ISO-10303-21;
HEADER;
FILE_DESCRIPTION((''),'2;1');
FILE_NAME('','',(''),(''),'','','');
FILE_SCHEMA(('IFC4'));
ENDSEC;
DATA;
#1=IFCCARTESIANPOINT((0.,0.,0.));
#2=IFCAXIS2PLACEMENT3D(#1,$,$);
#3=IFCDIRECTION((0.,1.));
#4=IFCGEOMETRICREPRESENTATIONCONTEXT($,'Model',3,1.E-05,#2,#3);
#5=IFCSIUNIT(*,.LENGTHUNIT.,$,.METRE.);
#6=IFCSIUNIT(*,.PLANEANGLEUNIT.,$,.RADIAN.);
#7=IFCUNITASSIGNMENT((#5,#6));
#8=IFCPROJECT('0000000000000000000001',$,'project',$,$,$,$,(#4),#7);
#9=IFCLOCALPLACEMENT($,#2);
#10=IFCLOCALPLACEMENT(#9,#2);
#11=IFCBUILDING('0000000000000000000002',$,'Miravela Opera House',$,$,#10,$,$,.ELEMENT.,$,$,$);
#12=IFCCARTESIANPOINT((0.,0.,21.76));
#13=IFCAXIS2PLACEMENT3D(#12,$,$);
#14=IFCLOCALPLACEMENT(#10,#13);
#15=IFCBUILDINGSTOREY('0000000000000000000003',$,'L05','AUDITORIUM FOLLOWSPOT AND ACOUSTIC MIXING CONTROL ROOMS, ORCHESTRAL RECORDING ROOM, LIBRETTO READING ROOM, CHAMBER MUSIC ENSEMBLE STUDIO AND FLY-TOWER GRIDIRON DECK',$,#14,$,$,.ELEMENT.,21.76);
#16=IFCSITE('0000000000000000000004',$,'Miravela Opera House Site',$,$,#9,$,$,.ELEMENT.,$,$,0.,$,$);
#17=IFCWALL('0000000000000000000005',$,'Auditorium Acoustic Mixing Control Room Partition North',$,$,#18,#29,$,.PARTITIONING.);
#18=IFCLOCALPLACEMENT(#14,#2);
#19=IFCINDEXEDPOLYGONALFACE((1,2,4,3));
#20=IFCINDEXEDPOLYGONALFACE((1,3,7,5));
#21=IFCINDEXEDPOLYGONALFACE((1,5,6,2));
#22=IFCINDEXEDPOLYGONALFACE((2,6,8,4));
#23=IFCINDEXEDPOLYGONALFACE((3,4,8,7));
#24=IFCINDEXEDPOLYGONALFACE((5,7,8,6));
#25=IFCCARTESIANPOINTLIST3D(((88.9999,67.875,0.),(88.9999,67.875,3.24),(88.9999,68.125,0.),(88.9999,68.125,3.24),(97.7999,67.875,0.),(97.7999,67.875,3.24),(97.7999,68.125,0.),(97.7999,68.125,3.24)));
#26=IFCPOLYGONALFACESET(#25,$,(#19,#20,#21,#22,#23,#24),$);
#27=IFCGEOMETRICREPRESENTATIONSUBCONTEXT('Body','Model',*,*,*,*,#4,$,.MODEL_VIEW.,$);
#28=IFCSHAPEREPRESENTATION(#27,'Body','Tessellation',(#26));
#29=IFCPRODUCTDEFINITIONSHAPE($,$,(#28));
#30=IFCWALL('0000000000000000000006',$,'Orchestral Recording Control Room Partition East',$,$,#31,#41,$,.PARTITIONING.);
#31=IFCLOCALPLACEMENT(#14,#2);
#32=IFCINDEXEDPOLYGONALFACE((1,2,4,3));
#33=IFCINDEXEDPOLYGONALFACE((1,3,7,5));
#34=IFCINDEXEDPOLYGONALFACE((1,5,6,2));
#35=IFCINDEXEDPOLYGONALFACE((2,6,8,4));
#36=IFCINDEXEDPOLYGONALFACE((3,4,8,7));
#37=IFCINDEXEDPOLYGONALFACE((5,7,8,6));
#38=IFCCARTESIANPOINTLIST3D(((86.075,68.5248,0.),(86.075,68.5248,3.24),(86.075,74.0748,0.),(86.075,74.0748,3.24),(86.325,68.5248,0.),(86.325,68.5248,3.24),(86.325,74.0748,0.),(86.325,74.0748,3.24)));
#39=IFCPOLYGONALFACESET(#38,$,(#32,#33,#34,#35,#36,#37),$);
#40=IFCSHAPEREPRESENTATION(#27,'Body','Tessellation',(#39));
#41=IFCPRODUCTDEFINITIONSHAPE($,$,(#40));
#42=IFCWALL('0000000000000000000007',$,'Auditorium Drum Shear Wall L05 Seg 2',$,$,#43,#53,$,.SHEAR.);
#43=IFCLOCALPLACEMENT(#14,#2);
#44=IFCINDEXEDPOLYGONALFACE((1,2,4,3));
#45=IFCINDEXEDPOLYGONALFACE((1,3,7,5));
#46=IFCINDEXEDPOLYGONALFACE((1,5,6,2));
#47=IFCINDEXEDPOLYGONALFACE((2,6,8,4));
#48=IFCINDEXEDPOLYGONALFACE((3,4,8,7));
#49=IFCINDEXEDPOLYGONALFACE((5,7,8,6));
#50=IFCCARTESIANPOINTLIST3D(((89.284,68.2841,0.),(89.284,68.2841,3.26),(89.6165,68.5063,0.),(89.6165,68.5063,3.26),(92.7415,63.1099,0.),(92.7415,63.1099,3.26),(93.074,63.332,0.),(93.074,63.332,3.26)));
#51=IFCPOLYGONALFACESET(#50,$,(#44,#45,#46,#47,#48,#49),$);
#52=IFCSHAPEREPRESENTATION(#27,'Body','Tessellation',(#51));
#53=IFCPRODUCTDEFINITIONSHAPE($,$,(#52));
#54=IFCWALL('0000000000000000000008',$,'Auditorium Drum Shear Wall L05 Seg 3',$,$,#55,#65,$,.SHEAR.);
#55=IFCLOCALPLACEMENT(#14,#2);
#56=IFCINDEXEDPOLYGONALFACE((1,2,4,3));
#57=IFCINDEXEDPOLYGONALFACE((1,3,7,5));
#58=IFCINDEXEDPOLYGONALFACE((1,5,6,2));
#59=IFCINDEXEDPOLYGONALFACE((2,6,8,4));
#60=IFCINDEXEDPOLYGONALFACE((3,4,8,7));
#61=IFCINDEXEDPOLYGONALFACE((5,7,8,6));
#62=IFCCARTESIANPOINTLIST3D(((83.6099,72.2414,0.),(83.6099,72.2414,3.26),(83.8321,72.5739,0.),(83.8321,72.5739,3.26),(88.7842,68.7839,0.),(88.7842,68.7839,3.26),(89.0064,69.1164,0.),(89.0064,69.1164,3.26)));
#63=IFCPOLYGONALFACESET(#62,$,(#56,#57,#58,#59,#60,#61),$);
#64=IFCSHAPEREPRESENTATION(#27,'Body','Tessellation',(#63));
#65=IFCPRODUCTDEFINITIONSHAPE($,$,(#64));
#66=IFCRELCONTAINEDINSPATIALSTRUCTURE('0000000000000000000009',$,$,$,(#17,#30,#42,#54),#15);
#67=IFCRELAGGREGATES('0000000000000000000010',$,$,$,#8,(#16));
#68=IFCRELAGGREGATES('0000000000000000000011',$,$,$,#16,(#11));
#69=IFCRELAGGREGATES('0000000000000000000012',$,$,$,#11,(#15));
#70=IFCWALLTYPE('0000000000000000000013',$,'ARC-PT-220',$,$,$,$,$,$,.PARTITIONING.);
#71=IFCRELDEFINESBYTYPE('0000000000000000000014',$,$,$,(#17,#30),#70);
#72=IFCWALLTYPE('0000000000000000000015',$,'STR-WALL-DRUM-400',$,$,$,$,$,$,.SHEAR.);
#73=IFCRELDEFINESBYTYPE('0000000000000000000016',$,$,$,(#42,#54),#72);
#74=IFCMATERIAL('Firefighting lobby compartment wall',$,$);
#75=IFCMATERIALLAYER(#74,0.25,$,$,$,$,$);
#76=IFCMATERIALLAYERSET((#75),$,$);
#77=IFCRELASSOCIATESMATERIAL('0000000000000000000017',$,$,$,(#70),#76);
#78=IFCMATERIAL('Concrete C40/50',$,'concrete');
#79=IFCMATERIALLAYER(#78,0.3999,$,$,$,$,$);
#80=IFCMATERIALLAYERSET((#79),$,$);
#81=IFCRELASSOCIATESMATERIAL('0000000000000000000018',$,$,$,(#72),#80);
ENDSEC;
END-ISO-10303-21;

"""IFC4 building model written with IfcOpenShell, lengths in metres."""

from ifc_helpers import new_model, si_unit, direction, frame, frame_2d, origin, place, context, subcontext, project, spatial, rectangle, extrude, material, layer, layer_set, type_object, element, save


model = new_model("IFC4")

# Units and contexts
model_context = context("Model", 3, precision=1e-05, world=origin(), true_north=direction((0.0, 1.0)))
body_context = subcontext(model_context, "Body", "Model", "MODEL_VIEW")
ifc_project = project(units=[si_unit("LENGTHUNIT", "METRE"), si_unit("PLANEANGLEUNIT", "RADIAN")], contexts=[model_context])

# Site, building, storey
site_placement = place(None, origin())
site = spatial("IfcSite", under=ifc_project, at=site_placement, Name="Miravela Opera House Site", CompositionType="ELEMENT", RefElevation=0.0)
building_placement = place(site_placement, origin())
building = spatial("IfcBuilding", under=site, at=building_placement, Name="Miravela Opera House", CompositionType="ELEMENT")
storey_placement = place(building_placement, frame((0.0, 0.0, 21.76)))
storey = spatial("IfcBuildingStorey", under=building, at=storey_placement, Name="L05", Description="AUDITORIUM FOLLOWSPOT AND ACOUSTIC MIXING CONTROL ROOMS, ORCHESTRAL RECORDING ROOM, LIBRETTO READING ROOM, CHAMBER MUSIC ENSEMBLE STUDIO AND FLY-TOWER GRIDIRON DECK", CompositionType="ELEMENT", Elevation=21.76)

# Shared definitions
ifc_material_1 = material(Name="Concrete C40/50", Category="concrete")

# Walls
ifc_material_2 = material(Name="Firefighting lobby compartment wall")
ifc_layer_1 = layer(ifc_material_2, 0.25)
ifc_layer_set_1 = layer_set([ifc_layer_1])
wall_type_1 = type_object("IfcWallType", Name="ARC-PT-220", PredefinedType="PARTITIONING", material=ifc_layer_set_1)
wall_1_placement = place(storey_placement, frame((89.0, 68.0, 0.0), z_axis=(0.0, 0.0, 1.0), x_axis=(1.0, 0.0, 0.0)))
element("IfcWall", 1, at=wall_1_placement, inside=storey, type_object=wall_type_1, Name="Auditorium Acoustic Mixing Control Room Partition North", PredefinedType="PARTITIONING", context=body_context, shape_type="SweptSolid", body=[
    extrude(rectangle(XDim=8.8, YDim=0.25, at=frame_2d((4.3999, 0.0))), origin(), (0.0, 0.0, 1.0), 3.24),
])
wall_2_placement = place(storey_placement, frame((86.2, 68.5249, 0.0), z_axis=(0.0, 0.0, 1.0), x_axis=(0.0, 1.0, 0.0)))
element("IfcWall", 2, at=wall_2_placement, inside=storey, type_object=wall_type_1, Name="Orchestral Recording Control Room Partition East", PredefinedType="PARTITIONING", context=body_context, shape_type="SweptSolid", body=[
    extrude(rectangle(XDim=5.55, YDim=0.25, at=frame_2d((2.7749, 0.0))), origin(), (0.0, 0.0, 1.0), 3.24),
])
ifc_layer_2 = layer(ifc_material_1, 0.3999)
ifc_layer_set_2 = layer_set([ifc_layer_2])
wall_type_2 = type_object("IfcWallType", Name="STR-WALL-DRUM-400", PredefinedType="SHEAR", material=ifc_layer_set_2)
for number, where, z_axis, x_axis, name in (
    (3, (92.9077, 63.2209, 0.0), (0.0, 0.0, 1.0), (-0.555587, 0.831458, 0.0), "Auditorium Drum Shear Wall L05 Seg 2"),
    (4, (88.8953, 68.9502, 0.0), (0.0, 0.0, 1.0), (-0.831458, 0.555587, 0.0), "Auditorium Drum Shear Wall L05 Seg 3"),
):
    element("IfcWall", number, at=place(storey_placement, frame(where, z_axis=z_axis, x_axis=x_axis)), inside=storey, type_object=wall_type_2, Name=name, PredefinedType="SHEAR", context=body_context, shape_type="SweptSolid", body=[
        extrude(rectangle(XDim=6.2231, YDim=0.3999, at=frame_2d((3.1116, 0.0))), origin(), (0.0, 0.0, 1.0), 3.26),
    ])

save(model, "model.ifc")
